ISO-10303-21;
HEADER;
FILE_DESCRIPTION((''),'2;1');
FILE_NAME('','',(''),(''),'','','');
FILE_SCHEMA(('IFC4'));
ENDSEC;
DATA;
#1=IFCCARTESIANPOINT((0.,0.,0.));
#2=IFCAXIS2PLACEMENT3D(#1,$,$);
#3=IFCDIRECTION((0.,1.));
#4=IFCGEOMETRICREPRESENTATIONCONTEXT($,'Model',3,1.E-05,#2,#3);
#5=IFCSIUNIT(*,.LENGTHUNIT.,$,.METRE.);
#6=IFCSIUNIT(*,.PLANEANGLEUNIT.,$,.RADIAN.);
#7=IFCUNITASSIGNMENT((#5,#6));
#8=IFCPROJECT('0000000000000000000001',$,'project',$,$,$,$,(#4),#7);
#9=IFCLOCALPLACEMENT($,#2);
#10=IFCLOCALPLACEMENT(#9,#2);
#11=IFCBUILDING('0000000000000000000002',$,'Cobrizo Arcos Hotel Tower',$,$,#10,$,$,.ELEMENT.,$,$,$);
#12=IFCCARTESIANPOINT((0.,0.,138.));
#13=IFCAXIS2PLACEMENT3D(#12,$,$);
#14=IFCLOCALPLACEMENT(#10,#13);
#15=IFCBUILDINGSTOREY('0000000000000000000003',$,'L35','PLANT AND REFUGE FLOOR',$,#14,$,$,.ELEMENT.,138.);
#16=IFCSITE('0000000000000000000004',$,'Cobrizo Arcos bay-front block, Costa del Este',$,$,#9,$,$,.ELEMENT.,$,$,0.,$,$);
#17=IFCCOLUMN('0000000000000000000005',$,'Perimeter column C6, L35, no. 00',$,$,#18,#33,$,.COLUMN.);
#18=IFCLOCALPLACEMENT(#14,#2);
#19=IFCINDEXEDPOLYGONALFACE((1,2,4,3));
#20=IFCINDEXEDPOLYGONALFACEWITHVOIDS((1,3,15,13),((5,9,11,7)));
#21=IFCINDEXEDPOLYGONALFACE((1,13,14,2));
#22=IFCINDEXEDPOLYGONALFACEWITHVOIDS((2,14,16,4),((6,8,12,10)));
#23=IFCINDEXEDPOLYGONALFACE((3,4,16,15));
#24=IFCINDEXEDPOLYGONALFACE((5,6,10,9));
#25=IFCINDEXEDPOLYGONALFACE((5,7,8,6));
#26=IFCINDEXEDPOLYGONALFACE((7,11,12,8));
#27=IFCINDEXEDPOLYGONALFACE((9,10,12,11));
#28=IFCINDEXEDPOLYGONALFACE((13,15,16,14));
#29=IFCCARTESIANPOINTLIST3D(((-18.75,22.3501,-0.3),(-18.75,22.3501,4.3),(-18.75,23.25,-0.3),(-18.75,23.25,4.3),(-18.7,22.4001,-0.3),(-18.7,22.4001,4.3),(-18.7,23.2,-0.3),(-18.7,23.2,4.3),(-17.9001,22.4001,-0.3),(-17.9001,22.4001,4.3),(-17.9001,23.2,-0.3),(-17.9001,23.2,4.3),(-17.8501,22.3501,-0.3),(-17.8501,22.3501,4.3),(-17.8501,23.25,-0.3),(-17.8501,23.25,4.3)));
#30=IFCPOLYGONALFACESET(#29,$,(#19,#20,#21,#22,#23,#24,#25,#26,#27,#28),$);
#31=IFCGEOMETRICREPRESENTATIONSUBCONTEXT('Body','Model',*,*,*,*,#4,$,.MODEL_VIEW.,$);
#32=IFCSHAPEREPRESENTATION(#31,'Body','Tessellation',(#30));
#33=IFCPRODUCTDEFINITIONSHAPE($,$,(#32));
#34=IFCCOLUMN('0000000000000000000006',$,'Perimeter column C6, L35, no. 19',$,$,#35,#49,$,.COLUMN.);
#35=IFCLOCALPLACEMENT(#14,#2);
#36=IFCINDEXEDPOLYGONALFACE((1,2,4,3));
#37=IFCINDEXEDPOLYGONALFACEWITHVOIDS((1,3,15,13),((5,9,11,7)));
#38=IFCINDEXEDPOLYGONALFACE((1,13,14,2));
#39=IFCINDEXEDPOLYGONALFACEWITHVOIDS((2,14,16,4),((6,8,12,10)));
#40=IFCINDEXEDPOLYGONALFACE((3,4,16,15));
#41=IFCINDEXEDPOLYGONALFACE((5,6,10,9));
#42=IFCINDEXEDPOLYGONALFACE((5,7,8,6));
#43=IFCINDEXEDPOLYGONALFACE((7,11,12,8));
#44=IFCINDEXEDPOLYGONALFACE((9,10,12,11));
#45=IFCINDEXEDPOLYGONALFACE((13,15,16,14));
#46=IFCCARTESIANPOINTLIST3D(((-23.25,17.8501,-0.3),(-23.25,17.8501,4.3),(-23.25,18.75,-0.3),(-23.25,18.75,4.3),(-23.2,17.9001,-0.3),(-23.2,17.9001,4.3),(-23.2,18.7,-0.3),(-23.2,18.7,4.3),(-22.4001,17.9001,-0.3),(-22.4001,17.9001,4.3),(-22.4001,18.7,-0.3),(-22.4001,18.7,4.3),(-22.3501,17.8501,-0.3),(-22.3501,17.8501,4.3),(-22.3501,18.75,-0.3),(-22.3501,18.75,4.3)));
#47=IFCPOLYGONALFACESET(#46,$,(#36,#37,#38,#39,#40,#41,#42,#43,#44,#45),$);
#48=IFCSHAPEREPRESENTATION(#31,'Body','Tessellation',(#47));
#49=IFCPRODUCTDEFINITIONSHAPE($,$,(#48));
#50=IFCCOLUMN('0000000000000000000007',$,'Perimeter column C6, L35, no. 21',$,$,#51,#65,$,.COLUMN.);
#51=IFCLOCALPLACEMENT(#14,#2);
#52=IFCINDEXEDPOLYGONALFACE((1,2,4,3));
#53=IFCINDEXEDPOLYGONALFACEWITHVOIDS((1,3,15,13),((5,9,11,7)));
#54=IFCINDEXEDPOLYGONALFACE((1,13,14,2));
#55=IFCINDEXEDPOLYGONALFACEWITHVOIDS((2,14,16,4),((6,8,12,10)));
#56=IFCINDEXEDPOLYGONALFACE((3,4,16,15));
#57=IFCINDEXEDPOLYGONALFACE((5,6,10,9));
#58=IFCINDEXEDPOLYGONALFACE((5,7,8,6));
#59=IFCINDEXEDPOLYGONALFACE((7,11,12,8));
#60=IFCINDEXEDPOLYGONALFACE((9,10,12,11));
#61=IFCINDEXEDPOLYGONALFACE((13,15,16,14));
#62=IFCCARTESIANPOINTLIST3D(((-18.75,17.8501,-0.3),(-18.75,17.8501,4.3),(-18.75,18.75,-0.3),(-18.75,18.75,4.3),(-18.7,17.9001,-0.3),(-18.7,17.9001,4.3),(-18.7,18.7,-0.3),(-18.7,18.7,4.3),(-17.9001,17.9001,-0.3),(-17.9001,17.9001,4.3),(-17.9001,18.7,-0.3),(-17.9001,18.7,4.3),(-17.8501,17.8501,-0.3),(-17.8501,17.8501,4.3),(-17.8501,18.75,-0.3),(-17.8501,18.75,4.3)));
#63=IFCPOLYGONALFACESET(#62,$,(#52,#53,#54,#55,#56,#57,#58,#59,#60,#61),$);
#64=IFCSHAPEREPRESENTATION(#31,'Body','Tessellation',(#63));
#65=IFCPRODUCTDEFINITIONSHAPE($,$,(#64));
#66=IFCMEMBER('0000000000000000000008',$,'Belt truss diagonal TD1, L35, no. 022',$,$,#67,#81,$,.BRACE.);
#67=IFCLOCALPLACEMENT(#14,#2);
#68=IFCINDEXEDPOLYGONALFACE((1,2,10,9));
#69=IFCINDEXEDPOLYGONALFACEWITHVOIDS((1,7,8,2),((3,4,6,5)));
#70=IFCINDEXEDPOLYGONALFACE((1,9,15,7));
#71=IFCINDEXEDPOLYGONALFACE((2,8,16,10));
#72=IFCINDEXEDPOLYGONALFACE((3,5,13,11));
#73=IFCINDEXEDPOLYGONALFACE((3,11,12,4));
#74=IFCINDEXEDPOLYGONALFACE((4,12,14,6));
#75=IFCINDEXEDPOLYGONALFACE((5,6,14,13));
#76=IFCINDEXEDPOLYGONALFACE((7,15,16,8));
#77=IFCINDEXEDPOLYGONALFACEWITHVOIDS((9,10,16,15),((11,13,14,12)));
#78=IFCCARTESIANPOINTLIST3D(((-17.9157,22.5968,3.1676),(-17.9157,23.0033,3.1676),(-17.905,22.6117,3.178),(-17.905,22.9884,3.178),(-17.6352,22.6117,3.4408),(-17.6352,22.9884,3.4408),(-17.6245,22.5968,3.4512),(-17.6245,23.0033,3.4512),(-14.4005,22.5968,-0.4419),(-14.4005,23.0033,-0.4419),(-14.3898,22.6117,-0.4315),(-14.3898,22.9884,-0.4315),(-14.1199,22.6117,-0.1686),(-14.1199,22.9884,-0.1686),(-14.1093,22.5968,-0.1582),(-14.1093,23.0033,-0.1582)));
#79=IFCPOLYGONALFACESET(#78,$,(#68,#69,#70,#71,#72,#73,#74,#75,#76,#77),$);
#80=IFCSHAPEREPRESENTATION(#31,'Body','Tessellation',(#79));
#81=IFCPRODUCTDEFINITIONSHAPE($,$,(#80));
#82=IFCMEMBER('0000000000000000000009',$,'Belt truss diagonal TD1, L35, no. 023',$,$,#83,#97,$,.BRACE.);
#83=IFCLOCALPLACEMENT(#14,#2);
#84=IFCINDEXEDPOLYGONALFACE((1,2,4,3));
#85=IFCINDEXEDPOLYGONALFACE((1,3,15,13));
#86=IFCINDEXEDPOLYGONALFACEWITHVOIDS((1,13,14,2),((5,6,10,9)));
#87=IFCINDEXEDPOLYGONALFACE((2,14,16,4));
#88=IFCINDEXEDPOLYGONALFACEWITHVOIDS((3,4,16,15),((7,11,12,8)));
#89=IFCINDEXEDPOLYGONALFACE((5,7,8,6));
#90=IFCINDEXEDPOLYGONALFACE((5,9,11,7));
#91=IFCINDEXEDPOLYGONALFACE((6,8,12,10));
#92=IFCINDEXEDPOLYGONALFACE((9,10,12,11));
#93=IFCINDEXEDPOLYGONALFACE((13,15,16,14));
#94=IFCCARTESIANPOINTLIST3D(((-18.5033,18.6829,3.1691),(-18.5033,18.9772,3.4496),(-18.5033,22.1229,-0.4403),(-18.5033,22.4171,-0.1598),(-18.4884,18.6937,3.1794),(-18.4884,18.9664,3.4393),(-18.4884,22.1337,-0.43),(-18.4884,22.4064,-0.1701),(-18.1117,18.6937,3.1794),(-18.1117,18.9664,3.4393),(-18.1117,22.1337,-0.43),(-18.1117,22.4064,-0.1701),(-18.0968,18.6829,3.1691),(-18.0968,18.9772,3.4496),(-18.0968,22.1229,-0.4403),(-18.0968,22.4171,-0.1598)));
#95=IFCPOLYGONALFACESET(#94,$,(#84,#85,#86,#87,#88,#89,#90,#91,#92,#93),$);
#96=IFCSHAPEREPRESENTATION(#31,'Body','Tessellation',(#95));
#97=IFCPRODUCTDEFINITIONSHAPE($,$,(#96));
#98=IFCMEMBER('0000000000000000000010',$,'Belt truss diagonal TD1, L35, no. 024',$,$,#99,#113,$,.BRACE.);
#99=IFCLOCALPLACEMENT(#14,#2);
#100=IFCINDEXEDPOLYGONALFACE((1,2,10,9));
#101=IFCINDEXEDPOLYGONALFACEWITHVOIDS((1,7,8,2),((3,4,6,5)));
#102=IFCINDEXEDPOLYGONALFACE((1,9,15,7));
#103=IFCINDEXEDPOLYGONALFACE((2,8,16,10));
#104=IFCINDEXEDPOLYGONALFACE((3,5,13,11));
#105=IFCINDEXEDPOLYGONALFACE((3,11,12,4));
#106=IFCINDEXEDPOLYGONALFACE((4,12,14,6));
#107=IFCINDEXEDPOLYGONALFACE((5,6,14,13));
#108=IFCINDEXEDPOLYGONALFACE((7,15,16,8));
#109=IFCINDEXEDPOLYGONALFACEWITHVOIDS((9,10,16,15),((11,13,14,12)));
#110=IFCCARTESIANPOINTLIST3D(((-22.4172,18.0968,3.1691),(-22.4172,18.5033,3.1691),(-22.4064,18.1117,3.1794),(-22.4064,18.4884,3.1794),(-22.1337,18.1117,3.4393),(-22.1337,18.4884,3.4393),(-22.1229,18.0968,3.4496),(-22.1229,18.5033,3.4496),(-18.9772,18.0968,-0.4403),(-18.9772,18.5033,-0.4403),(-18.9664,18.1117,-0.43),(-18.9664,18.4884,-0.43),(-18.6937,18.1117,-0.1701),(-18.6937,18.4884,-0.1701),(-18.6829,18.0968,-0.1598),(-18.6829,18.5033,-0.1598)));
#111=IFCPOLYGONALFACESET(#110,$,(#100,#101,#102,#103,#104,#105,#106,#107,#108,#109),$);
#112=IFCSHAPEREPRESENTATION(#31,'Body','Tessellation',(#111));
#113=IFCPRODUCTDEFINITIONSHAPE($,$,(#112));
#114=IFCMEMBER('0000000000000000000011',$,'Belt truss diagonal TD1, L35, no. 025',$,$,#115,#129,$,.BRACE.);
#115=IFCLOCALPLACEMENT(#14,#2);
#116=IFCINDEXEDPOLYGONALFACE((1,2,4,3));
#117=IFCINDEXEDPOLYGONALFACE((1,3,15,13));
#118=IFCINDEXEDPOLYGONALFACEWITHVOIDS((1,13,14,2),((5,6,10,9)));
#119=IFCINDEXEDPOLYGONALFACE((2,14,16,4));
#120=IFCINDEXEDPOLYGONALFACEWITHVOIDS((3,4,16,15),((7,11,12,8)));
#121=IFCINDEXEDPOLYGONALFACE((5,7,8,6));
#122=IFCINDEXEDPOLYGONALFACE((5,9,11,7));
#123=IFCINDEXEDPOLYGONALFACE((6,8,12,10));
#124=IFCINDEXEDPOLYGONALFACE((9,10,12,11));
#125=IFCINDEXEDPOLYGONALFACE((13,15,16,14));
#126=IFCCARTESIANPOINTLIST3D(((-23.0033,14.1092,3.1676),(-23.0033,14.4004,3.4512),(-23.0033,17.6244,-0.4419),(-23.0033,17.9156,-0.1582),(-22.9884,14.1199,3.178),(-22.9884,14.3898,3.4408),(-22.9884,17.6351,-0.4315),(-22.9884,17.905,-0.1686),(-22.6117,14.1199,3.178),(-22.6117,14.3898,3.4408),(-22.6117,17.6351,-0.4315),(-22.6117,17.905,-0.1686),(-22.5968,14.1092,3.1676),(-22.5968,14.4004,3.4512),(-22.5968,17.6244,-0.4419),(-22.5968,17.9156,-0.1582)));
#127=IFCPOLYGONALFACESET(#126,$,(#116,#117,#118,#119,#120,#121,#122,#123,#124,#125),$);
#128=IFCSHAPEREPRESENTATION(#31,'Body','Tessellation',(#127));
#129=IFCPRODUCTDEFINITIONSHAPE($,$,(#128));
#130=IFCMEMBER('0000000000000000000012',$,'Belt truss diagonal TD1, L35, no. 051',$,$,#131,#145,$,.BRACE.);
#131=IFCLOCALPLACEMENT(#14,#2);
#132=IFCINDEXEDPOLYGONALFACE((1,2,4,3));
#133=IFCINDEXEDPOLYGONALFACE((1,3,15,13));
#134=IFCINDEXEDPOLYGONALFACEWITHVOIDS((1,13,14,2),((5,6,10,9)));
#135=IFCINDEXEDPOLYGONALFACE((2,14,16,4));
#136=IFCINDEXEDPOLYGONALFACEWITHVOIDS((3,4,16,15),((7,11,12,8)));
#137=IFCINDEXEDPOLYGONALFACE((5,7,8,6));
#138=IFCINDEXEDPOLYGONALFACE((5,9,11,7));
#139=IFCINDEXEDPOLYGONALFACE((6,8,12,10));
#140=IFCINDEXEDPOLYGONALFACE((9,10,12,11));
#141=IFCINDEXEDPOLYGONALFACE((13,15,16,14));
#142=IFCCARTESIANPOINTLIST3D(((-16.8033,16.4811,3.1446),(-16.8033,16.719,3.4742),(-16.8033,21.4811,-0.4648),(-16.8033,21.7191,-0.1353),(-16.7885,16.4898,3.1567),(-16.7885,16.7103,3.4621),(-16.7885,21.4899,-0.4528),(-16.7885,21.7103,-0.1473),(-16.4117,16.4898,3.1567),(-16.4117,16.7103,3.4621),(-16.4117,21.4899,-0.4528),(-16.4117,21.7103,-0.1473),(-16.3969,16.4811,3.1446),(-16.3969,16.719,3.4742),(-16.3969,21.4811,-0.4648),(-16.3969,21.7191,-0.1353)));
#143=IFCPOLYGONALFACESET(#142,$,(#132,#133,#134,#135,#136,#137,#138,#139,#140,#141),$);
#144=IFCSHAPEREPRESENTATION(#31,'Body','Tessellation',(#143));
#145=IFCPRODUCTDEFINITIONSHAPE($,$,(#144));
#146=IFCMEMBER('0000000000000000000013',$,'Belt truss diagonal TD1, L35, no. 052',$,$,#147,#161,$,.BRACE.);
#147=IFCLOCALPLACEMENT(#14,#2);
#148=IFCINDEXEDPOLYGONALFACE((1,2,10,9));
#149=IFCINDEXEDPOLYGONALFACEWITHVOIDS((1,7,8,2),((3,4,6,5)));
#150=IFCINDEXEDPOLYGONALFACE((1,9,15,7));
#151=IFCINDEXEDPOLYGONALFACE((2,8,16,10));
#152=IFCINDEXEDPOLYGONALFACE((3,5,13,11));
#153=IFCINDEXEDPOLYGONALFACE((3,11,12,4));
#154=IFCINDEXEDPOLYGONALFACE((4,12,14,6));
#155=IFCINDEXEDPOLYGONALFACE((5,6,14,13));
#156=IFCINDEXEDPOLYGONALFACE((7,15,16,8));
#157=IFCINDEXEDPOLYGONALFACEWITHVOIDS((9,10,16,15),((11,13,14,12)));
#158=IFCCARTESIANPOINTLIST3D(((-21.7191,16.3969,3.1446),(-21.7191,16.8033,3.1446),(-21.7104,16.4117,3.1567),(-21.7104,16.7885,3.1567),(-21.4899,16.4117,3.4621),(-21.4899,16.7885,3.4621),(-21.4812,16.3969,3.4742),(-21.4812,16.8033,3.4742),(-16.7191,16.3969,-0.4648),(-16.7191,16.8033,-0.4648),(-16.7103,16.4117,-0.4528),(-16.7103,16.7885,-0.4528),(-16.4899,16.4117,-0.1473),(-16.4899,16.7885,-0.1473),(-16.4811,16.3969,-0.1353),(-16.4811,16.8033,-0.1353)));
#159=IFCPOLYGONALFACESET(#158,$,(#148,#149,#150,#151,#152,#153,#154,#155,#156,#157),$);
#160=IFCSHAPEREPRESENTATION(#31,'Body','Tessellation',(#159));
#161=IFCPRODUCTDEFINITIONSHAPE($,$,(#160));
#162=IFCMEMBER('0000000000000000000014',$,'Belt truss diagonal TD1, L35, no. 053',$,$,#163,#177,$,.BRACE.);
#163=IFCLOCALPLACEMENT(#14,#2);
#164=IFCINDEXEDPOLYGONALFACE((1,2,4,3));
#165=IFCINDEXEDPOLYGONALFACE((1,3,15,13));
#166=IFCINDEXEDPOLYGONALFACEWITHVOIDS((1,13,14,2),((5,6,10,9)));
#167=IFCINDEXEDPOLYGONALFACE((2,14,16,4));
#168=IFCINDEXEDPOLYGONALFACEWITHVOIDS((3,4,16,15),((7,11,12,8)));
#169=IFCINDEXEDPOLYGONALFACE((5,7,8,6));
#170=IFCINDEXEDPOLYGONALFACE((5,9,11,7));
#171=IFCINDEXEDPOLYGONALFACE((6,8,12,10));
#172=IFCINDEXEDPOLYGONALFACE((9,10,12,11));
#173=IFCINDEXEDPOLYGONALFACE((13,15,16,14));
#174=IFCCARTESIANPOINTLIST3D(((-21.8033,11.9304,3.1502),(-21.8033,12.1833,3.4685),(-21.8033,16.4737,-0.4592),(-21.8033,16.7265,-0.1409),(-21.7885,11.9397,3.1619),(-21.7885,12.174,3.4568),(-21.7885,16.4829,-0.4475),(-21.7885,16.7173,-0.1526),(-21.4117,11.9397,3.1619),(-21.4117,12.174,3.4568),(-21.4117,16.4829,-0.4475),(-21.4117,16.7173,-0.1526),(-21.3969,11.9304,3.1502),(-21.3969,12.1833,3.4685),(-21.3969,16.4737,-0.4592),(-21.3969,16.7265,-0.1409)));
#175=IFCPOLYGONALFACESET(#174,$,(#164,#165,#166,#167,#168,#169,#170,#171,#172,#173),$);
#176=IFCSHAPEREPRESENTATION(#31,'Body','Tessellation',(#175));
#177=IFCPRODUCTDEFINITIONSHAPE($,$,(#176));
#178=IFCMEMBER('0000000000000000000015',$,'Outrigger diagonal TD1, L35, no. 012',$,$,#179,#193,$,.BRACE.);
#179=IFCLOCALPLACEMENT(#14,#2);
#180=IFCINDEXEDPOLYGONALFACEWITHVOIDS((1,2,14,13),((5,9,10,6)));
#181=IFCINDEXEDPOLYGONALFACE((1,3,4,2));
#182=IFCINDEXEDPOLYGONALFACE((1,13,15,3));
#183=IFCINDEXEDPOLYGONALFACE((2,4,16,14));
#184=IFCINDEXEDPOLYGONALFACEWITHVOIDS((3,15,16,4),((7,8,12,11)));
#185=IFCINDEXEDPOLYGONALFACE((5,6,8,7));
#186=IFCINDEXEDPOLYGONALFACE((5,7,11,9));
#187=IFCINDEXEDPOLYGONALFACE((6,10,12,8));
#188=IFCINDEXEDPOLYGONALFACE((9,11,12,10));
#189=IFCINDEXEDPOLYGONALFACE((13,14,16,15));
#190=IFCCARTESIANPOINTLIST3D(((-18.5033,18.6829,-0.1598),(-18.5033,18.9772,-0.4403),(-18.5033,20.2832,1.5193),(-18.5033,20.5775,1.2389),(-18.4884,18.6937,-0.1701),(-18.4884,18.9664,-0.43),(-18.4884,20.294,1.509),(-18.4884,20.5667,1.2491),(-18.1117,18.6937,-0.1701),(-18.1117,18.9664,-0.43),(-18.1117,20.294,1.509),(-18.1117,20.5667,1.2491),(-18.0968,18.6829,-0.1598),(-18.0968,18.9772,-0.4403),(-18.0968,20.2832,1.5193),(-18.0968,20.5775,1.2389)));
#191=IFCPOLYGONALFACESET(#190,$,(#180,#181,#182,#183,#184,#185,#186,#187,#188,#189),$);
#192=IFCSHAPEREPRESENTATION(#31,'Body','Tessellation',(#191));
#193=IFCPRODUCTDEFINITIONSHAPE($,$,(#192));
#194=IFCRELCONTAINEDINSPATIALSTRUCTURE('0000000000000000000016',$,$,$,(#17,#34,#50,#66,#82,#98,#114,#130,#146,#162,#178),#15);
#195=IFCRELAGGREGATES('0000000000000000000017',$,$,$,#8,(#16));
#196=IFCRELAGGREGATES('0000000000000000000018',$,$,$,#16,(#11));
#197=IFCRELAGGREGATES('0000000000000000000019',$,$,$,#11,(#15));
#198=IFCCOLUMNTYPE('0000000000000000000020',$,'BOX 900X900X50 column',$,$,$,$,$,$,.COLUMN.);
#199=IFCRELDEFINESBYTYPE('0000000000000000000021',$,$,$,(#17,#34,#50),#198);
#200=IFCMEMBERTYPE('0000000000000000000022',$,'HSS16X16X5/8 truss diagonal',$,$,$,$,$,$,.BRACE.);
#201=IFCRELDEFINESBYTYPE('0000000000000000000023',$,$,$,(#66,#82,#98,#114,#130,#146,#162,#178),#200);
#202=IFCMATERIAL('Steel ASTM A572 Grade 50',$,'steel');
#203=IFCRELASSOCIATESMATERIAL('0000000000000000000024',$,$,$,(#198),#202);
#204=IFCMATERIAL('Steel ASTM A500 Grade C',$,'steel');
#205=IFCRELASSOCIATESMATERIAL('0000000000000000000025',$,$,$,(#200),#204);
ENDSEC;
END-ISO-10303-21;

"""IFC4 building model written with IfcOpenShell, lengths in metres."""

from ifc_helpers import new_model, si_unit, direction, frame, origin, origin_2d, place, context, subcontext, project, spatial, hollow_rectangle, extrude, material, material_profile, profile_set, type_object, element, save


model = new_model("IFC4")

# Units and contexts
model_context = context("Model", 3, precision=1e-05, world=origin(), true_north=direction((0.0, 1.0)))
body_context = subcontext(model_context, "Body", "Model", "MODEL_VIEW")
ifc_project = project(units=[si_unit("LENGTHUNIT", "METRE"), si_unit("PLANEANGLEUNIT", "RADIAN")], contexts=[model_context])

# Site, building, storey
site_placement = place(None, origin())
site = spatial("IfcSite", under=ifc_project, at=site_placement, Name="Cobrizo Arcos bay-front block, Costa del Este", CompositionType="ELEMENT", RefElevation=0.0)
building_placement = place(site_placement, origin())
building = spatial("IfcBuilding", under=site, at=building_placement, Name="Cobrizo Arcos Hotel Tower", CompositionType="ELEMENT")
storey_placement = place(building_placement, frame((0.0, 0.0, 138.0)))
storey = spatial("IfcBuildingStorey", under=building, at=storey_placement, Name="L35", Description="PLANT AND REFUGE FLOOR", CompositionType="ELEMENT", Elevation=138.0)

# Columns
ifc_material_1 = material(Name="Steel ASTM A572 Grade 50", Category="steel")
ifc_material_profile_1 = material_profile(ifc_material_1, hollow_rectangle(XDim=0.8999, YDim=0.8999, WallThickness=0.05, at=origin_2d()), Name="BOX 900X900X50")
ifc_profile_set_1 = profile_set([ifc_material_profile_1], Name="Steel ASTM A572 Grade 50")
column_type = type_object("IfcColumnType", Name="BOX 900X900X50 column", PredefinedType="COLUMN", material=ifc_profile_set_1)
for number, where, z_axis, x_axis, name in (
    (1, (-18.3, 22.8, -0.3), (0.0, 0.0, 1.0), (1.0, 0.0, 0.0), "Perimeter column C6, L35, no. 00"),
    (2, (-22.8, 18.3, -0.3), (0.0, 0.0, 1.0), (1.0, 0.0, 0.0), "Perimeter column C6, L35, no. 19"),
    (3, (-18.3, 18.3, -0.3), (0.0, 0.0, 1.0), (1.0, 0.0, 0.0), "Perimeter column C6, L35, no. 21"),
):
    element("IfcColumn", number, at=place(storey_placement, frame(where, z_axis=z_axis, x_axis=x_axis)), inside=storey, type_object=column_type, Name=name, PredefinedType="COLUMN", context=body_context, shape_type="SweptSolid", body=[
        extrude(hollow_rectangle(XDim=0.8999, YDim=0.8999, WallThickness=0.05, at=origin_2d()), origin(), (0.0, 0.0, 1.0), 4.6001),
    ])

# Members
ifc_material_2 = material(Name="Steel ASTM A500 Grade C", Category="steel")
ifc_material_profile_2 = material_profile(ifc_material_2, hollow_rectangle(XDim=0.4065, YDim=0.4065, WallThickness=0.0149, at=origin_2d()), Name="HSS16X16X5/8")
ifc_profile_set_2 = profile_set([ifc_material_profile_2], Name="Steel ASTM A500 Grade C")
member_type_1 = type_object("IfcMemberType", Name="HSS16X16X5/8 truss diagonal", PredefinedType="BRACE", material=ifc_profile_set_2)
member_1_placement = place(storey_placement, frame((-14.2549, 22.8, -0.3), z_axis=(-0.697693, 0.0, 0.716397), x_axis=(0.0, -1.0, 0.0)))
element("IfcMember", 4, at=member_1_placement, inside=storey, type_object=member_type_1, Name="Belt truss diagonal TD1, L35, no. 022", PredefinedType="BRACE", context=body_context, shape_type="SweptSolid", body=[
    extrude(hollow_rectangle(XDim=0.4065, YDim=0.4065, WallThickness=0.0149, at=origin_2d()), origin(), (0.0, 0.0, 1.0), 5.0383),
])
for number, where, z_axis, x_axis, name in (
    (5, (-18.3, 22.27, -0.3), (0.0, -0.689912, 0.723893), (1.0, 0.0, 0.0), "Belt truss diagonal TD1, L35, no. 023"),
    (6, (-18.8301, 18.3, -0.3), (-0.689912, 0.0, 0.723893), (0.0, -1.0, 0.0), "Belt truss diagonal TD1, L35, no. 024"),
):
    element("IfcMember", number, at=place(storey_placement, frame(where, z_axis=z_axis, x_axis=x_axis)), inside=storey, type_object=member_type_1, Name=name, PredefinedType="BRACE", context=body_context, shape_type="SweptSolid", body=[
        extrude(hollow_rectangle(XDim=0.4065, YDim=0.4065, WallThickness=0.0149, at=origin_2d()), origin(), (0.0, 0.0, 1.0), 4.9861),
    ])
member_2_placement = place(storey_placement, frame((-22.8, 17.77, -0.3), z_axis=(0.0, -0.697693, 0.716397), x_axis=(1.0, 0.0, 0.0)))
element("IfcMember", 7, at=member_2_placement, inside=storey, type_object=member_type_1, Name="Belt truss diagonal TD1, L35, no. 025", PredefinedType="BRACE", context=body_context, shape_type="SweptSolid", body=[
    extrude(hollow_rectangle(XDim=0.4065, YDim=0.4065, WallThickness=0.0149, at=origin_2d()), origin(), (0.0, 0.0, 1.0), 5.0383),
])
for number, where, z_axis, x_axis, name in (
    (8, (-16.6001, 21.6001, -0.3), (0.0, -0.810813, 0.585306), (1.0, 0.0, 0.0), "Belt truss diagonal TD1, L35, no. 051"),
    (9, (-16.6001, 16.6001, -0.3), (-0.810813, 0.0, 0.585306), (0.0, -1.0, 0.0), "Belt truss diagonal TD1, L35, no. 052"),
):
    element("IfcMember", number, at=place(storey_placement, frame(where, z_axis=z_axis, x_axis=x_axis)), inside=storey, type_object=member_type_1, Name=name, PredefinedType="BRACE", context=body_context, shape_type="SweptSolid", body=[
        extrude(hollow_rectangle(XDim=0.4065, YDim=0.4065, WallThickness=0.0149, at=origin_2d()), origin(), (0.0, 0.0, 1.0), 6.1667),
    ])
member_3_placement = place(storey_placement, frame((-21.6001, 16.6001, -0.3), z_axis=(0.0, -0.782982, 0.622044), x_axis=(1.0, 0.0, 0.0)))
element("IfcMember", 10, at=member_3_placement, inside=storey, type_object=member_type_1, Name="Belt truss diagonal TD1, L35, no. 053", PredefinedType="BRACE", context=body_context, shape_type="SweptSolid", body=[
    extrude(hollow_rectangle(XDim=0.4065, YDim=0.4065, WallThickness=0.0149, at=origin_2d()), origin(), (0.0, 0.0, 1.0), 5.8025),
])
member_4_placement = place(storey_placement, frame((-18.3, 18.8301, -0.3), z_axis=(0.0, 0.689905, 0.7239), x_axis=(-1.0, 0.0, 0.0)))
element("IfcMember", 11, at=member_4_placement, inside=storey, type_object=member_type_1, Name="Outrigger diagonal TD1, L35, no. 012", PredefinedType="BRACE", context=body_context, shape_type="SweptSolid", body=[
    extrude(hollow_rectangle(XDim=0.4065, YDim=0.4065, WallThickness=0.0149, at=origin_2d()), origin(), (0.0, 0.0, 1.0), 2.3196),
])

save(model, "model.ifc")
